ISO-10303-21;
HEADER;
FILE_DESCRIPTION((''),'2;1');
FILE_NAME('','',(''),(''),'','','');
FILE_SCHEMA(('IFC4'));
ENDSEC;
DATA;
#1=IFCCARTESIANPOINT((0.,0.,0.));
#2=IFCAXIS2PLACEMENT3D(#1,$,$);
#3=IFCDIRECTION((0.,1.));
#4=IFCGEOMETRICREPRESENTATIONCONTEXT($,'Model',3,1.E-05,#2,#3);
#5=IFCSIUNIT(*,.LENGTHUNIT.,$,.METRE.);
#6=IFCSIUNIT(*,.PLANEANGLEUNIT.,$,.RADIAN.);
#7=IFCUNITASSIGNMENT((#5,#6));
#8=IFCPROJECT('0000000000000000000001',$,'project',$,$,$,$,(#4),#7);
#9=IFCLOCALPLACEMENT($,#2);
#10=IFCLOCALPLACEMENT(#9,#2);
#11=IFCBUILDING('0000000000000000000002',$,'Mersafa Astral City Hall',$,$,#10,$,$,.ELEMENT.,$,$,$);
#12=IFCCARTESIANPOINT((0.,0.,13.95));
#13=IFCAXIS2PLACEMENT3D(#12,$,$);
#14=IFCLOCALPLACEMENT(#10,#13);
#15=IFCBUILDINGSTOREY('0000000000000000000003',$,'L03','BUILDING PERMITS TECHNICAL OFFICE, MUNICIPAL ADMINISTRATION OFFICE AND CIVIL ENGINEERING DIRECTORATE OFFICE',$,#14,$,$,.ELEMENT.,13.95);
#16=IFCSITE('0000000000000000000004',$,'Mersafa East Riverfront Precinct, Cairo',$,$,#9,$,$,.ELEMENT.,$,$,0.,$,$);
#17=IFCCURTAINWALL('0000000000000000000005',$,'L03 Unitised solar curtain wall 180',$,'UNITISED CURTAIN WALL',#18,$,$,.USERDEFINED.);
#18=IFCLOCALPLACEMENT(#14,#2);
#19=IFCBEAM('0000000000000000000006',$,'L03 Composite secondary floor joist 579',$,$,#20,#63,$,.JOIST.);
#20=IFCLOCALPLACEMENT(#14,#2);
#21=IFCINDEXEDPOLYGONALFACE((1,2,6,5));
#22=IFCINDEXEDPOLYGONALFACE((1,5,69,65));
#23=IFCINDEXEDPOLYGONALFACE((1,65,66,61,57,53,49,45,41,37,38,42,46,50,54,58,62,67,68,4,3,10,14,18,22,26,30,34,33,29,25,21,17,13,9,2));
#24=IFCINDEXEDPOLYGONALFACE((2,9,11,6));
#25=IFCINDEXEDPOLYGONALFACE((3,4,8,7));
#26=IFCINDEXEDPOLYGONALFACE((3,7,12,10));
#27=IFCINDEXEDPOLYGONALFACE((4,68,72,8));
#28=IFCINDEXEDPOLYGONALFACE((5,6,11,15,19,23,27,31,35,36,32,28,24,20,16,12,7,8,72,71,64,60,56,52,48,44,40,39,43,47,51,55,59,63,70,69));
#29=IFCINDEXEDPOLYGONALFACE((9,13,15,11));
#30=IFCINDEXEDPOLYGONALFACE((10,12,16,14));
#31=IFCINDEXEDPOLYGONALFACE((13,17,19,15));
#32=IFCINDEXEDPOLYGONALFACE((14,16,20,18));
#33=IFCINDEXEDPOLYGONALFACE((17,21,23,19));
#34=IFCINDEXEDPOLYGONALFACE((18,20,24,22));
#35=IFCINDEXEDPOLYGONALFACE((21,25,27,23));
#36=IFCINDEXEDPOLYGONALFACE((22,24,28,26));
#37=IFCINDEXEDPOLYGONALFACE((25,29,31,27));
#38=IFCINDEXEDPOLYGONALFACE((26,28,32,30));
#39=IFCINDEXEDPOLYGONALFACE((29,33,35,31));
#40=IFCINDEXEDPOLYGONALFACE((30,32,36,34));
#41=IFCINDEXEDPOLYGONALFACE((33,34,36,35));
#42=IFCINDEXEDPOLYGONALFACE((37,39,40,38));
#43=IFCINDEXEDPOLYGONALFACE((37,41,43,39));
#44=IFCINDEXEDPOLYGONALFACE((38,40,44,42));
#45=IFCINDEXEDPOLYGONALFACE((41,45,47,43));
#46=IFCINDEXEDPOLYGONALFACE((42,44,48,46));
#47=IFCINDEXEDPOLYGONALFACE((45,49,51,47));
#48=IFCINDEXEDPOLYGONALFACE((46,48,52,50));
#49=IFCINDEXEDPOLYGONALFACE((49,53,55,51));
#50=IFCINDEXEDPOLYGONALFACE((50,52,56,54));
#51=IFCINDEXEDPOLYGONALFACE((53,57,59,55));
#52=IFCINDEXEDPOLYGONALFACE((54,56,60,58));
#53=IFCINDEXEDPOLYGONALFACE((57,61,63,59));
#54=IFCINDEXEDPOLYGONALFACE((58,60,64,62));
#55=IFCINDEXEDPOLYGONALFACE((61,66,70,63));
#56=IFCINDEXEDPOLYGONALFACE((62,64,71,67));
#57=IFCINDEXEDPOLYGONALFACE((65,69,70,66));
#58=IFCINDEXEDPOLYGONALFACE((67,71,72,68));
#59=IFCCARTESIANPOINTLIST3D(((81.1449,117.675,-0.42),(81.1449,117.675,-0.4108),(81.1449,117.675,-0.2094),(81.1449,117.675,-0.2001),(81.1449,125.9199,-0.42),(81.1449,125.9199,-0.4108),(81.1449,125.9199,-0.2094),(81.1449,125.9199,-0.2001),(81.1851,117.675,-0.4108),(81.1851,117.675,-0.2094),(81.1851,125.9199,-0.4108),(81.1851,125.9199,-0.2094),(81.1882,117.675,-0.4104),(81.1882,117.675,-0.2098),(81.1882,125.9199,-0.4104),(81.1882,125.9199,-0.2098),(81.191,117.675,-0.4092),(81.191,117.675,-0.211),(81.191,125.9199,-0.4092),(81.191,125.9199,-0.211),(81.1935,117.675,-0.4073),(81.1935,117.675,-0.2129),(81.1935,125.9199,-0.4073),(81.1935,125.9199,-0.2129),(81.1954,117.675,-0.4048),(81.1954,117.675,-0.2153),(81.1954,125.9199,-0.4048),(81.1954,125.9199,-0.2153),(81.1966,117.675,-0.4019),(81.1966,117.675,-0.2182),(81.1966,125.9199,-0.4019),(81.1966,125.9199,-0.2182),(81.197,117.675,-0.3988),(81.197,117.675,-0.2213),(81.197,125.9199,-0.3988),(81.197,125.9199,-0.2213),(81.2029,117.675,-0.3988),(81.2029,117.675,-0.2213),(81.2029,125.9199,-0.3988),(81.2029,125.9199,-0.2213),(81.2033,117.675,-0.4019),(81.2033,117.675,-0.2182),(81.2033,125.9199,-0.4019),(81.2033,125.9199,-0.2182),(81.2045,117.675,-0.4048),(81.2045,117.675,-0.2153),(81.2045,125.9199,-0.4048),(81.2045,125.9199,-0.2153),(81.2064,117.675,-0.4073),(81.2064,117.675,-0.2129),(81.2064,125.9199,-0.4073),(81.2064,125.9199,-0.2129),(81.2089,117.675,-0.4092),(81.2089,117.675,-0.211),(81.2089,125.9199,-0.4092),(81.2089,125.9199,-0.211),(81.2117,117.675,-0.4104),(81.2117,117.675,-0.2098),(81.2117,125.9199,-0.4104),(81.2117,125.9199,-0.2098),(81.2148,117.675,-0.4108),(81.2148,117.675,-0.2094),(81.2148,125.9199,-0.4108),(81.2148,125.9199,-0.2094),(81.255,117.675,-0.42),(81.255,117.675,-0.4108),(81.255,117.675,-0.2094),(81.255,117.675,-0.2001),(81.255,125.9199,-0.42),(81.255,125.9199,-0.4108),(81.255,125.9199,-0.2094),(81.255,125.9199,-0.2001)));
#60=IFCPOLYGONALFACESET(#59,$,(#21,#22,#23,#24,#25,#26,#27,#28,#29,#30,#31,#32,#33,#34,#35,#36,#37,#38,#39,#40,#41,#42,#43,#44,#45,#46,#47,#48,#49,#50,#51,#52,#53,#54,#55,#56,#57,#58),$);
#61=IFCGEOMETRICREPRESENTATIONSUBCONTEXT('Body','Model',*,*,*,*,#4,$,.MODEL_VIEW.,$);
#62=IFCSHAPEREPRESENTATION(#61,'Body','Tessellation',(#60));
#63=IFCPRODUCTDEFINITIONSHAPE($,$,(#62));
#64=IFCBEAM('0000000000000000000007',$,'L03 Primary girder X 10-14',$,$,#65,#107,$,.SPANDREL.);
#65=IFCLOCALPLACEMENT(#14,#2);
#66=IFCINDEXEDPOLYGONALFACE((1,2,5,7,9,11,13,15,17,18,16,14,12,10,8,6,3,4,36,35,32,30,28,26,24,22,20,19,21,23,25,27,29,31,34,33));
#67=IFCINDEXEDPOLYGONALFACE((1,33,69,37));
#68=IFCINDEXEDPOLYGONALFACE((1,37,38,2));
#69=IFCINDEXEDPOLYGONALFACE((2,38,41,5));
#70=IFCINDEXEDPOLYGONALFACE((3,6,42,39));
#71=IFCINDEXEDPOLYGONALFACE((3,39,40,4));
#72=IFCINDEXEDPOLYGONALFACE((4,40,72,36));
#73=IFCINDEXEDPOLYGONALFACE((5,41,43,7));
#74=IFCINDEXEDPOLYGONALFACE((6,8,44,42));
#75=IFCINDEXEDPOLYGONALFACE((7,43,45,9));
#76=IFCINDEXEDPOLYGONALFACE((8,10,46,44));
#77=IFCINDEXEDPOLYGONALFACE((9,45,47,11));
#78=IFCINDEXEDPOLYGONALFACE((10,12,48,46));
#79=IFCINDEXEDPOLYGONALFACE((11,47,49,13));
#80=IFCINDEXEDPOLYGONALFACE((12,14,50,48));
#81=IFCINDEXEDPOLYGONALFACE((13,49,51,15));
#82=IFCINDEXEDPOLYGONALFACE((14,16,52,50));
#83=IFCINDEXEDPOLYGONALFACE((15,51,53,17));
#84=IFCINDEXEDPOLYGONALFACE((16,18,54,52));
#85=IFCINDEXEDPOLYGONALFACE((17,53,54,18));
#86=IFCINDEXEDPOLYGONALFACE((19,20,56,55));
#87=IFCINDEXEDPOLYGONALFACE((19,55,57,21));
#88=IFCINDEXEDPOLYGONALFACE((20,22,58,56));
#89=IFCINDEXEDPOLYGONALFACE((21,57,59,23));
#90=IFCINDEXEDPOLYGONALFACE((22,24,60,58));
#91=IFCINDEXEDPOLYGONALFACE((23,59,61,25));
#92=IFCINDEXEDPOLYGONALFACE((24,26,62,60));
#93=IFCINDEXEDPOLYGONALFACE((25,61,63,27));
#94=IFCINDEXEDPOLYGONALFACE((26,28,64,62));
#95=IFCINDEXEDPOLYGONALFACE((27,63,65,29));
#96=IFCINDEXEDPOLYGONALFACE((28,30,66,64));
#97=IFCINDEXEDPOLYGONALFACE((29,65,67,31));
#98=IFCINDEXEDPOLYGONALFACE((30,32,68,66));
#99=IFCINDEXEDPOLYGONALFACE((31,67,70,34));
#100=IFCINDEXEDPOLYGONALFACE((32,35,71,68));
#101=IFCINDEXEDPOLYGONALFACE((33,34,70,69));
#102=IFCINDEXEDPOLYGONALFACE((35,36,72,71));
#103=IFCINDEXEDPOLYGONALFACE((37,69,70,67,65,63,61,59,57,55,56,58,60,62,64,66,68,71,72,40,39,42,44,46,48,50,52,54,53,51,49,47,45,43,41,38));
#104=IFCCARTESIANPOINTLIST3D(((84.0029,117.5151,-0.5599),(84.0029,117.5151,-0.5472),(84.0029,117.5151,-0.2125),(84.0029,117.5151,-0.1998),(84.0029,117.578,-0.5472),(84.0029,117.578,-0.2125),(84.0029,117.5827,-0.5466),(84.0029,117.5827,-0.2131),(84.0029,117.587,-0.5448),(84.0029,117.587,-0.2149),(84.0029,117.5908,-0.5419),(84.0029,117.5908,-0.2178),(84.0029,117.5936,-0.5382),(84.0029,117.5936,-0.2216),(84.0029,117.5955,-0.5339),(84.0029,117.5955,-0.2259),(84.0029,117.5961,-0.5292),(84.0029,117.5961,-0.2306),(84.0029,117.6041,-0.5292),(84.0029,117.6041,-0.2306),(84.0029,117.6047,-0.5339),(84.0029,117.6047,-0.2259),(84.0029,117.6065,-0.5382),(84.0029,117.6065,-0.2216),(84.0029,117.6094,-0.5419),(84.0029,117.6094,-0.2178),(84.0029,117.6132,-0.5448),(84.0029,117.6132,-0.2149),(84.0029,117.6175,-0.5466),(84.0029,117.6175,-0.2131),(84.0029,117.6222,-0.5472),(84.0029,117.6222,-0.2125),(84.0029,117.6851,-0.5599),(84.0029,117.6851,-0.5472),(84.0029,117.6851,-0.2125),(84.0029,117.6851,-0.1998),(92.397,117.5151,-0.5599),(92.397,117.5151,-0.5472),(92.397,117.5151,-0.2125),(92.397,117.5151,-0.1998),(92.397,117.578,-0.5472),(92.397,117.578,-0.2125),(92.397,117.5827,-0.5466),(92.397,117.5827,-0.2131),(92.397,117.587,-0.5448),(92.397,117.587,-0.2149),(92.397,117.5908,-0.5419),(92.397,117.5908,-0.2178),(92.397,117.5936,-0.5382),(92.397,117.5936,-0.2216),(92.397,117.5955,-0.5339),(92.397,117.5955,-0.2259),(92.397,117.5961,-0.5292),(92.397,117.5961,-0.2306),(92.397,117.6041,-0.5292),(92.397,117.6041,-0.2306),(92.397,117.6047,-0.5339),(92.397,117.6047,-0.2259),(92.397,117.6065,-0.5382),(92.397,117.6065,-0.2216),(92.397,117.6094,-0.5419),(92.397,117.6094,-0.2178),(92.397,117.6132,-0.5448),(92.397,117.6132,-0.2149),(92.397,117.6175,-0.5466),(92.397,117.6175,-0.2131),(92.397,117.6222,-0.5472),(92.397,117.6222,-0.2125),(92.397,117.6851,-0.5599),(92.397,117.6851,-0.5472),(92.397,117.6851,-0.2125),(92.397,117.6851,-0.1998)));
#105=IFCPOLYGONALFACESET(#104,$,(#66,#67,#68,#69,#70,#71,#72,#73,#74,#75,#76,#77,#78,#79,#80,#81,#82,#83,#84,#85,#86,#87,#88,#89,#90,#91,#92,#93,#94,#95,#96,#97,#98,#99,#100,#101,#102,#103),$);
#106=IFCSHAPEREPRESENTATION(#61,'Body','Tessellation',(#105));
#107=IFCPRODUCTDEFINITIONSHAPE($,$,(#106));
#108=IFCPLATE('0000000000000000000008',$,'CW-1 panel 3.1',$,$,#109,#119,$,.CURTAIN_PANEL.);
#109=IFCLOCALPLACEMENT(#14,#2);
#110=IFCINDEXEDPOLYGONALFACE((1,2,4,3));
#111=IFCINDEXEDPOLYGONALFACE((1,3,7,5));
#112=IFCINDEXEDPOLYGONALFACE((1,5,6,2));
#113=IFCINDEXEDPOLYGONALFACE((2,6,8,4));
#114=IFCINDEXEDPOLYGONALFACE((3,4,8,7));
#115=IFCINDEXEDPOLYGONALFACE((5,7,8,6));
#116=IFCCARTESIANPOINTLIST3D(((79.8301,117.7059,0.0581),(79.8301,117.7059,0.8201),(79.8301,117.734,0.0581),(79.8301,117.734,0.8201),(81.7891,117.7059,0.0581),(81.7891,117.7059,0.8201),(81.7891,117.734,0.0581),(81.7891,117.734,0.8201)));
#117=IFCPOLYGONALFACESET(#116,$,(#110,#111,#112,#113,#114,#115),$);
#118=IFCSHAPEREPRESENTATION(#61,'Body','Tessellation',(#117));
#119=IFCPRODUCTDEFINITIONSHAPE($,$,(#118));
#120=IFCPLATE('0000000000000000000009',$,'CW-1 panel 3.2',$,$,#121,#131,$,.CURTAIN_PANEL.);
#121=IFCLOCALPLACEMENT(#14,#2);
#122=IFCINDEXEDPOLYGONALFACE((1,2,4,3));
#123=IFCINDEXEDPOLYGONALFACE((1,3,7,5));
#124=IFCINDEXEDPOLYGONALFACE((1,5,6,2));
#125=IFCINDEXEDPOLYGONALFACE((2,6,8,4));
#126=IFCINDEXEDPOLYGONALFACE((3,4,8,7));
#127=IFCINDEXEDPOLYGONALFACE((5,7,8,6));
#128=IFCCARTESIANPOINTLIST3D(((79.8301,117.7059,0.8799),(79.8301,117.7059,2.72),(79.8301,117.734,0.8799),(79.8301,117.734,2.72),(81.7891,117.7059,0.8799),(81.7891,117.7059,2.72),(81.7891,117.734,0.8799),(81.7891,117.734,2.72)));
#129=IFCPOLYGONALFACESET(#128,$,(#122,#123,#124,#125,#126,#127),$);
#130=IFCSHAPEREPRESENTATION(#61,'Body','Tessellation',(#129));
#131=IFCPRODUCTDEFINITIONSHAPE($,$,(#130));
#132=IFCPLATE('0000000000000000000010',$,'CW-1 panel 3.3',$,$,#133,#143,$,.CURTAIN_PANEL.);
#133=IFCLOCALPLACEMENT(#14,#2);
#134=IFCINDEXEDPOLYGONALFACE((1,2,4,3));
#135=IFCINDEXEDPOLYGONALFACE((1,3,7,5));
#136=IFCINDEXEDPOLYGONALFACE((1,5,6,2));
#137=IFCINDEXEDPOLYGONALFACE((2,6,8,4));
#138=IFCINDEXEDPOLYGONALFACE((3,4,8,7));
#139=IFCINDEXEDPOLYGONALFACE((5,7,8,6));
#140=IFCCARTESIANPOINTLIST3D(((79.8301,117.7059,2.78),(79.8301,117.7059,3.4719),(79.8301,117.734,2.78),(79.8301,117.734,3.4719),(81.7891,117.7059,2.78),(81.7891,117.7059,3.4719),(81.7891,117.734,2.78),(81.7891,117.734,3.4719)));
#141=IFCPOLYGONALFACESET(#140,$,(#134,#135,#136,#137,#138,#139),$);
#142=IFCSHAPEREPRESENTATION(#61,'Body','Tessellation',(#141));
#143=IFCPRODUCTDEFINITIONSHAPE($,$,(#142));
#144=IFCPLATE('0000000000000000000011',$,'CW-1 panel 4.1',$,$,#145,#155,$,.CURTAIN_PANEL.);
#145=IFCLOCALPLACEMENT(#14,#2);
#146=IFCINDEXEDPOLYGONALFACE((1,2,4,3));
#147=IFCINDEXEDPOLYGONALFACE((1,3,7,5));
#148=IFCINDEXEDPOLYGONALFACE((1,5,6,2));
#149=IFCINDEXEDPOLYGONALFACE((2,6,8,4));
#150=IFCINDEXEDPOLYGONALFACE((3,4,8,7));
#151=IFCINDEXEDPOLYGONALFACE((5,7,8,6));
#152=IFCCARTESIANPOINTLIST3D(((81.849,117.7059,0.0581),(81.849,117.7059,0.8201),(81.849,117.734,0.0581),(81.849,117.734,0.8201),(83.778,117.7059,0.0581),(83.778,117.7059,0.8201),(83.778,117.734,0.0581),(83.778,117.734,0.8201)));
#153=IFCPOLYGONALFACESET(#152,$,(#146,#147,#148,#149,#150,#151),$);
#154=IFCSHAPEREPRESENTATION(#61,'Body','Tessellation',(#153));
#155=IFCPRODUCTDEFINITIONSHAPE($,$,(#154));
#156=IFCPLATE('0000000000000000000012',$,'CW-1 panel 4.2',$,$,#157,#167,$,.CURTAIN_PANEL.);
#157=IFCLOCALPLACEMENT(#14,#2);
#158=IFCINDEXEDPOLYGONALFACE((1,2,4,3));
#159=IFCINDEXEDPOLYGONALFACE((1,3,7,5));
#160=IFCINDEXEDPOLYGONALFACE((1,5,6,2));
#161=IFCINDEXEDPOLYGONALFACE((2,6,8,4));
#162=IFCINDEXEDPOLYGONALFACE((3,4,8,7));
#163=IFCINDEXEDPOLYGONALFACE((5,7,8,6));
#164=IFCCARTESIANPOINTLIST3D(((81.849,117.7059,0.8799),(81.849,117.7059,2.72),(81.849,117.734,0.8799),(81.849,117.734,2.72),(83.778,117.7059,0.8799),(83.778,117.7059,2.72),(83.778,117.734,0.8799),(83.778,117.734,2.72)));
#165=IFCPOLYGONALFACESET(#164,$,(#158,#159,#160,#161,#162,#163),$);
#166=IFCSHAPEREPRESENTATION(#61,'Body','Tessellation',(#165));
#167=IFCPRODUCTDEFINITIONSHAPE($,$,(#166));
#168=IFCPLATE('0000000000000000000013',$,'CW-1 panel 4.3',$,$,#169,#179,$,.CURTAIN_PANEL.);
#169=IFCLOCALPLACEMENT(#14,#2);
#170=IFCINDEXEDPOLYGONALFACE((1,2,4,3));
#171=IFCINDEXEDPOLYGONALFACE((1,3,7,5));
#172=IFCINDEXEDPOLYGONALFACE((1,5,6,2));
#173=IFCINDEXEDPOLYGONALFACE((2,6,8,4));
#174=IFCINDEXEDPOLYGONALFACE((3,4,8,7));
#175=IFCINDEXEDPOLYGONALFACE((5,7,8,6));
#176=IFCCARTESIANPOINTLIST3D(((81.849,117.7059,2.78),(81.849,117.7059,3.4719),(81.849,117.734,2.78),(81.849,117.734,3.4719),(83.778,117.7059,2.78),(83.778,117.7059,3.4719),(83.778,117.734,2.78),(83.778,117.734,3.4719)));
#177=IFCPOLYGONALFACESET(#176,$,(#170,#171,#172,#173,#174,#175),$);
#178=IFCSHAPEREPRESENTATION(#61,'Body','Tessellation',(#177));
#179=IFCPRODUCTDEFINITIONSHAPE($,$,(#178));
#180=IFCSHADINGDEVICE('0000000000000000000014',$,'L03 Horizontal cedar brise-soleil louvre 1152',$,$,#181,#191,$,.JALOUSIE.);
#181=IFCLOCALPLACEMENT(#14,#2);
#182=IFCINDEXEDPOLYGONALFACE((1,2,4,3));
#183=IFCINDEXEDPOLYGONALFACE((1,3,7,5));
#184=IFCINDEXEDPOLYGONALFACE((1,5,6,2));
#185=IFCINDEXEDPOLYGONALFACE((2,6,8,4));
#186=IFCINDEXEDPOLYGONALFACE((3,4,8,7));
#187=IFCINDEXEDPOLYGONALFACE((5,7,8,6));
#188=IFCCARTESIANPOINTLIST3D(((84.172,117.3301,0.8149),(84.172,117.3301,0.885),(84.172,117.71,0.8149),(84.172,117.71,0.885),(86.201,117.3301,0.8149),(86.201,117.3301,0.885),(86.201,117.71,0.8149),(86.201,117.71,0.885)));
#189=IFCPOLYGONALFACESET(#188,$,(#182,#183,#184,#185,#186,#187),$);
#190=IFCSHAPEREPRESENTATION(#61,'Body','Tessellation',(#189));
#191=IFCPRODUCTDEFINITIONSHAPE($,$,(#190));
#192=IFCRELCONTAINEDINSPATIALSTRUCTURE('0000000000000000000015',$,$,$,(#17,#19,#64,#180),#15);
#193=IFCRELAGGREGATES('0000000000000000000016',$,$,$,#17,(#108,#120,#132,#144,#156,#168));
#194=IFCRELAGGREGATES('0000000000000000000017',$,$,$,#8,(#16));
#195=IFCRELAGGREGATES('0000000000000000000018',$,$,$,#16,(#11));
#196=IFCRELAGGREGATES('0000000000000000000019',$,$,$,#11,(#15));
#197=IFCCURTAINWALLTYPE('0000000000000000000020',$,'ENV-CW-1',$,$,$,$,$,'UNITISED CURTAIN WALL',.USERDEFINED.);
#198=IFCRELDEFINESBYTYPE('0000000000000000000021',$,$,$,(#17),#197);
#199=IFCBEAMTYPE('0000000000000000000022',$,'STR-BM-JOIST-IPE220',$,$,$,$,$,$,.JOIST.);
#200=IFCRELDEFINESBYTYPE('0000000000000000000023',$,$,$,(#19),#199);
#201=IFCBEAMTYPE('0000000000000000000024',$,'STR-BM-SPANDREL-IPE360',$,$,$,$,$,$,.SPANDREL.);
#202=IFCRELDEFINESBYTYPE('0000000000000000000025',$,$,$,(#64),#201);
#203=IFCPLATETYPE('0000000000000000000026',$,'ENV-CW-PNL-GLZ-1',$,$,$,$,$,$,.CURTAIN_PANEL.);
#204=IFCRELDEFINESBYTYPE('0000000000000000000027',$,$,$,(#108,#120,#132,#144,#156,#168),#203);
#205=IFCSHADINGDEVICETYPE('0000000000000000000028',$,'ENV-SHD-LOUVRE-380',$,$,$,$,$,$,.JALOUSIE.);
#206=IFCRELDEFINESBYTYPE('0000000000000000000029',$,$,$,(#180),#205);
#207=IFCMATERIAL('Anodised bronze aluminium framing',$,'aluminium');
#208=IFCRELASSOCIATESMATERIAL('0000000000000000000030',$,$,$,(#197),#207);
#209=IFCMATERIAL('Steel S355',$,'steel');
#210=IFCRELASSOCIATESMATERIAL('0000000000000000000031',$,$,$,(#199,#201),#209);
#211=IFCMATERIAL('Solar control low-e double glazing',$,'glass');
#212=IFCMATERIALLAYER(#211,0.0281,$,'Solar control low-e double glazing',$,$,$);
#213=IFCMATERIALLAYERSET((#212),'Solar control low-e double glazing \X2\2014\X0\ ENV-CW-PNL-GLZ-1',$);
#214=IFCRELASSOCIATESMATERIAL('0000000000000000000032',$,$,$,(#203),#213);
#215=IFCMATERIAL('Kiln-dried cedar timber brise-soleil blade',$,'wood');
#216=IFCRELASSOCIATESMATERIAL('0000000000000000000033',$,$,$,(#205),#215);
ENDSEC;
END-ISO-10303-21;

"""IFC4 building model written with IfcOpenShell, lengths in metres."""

from ifc_helpers import new_model, si_unit, direction, frame, origin, origin_2d, place, context, subcontext, project, spatial, rectangle, i_section, extrude, material, layer, layer_set, material_profile, profile_set, type_object, element, aggregate, save


model = new_model("IFC4")

# Units and contexts
model_context = context("Model", 3, precision=1e-05, world=origin(), true_north=direction((0.0, 1.0)))
body_context = subcontext(model_context, "Body", "Model", "MODEL_VIEW")
ifc_project = project(units=[si_unit("LENGTHUNIT", "METRE"), si_unit("PLANEANGLEUNIT", "RADIAN")], contexts=[model_context])

# Site, building, storey
site_placement = place(None, origin())
site = spatial("IfcSite", under=ifc_project, at=site_placement, Name="Mersafa East Riverfront Precinct, Cairo", CompositionType="ELEMENT", RefElevation=0.0)
building_placement = place(site_placement, origin())
building = spatial("IfcBuilding", under=site, at=building_placement, Name="Mersafa Astral City Hall", CompositionType="ELEMENT")
storey_placement = place(building_placement, frame((0.0, 0.0, 13.95)))
storey = spatial("IfcBuildingStorey", under=building, at=storey_placement, Name="L03", Description="BUILDING PERMITS TECHNICAL OFFICE, MUNICIPAL ADMINISTRATION OFFICE AND CIVIL ENGINEERING DIRECTORATE OFFICE", CompositionType="ELEMENT", Elevation=13.95)

# Shared definitions
ifc_material_1 = material(Name="Steel S355", Category="steel")

# Curtain wall
ifc_material_2 = material(Name="Anodised bronze aluminium framing", Category="aluminium")
curtain_wall_type = type_object("IfcCurtainWallType", Name="ENV-CW-1", ElementType="UNITISED CURTAIN WALL", PredefinedType="USERDEFINED", material=ifc_material_2)
curtain_wall_placement = place(storey_placement, origin())
curtain_wall = element("IfcCurtainWall", 1, at=curtain_wall_placement, inside=storey, type_object=curtain_wall_type, Name="L03 Unitised solar curtain wall 180", ObjectType="UNITISED CURTAIN WALL", PredefinedType="USERDEFINED")

# Beams
ifc_material_profile_1 = material_profile(ifc_material_1, i_section(OverallWidth=0.1101, OverallDepth=0.22, WebThickness=0.0059, FlangeThickness=0.0093, FilletRadius=0.012, at=origin_2d()), Name="IPE 220")
ifc_profile_set_1 = profile_set([ifc_material_profile_1], Name="Steel S355")
beam_type_1 = type_object("IfcBeamType", Name="STR-BM-JOIST-IPE220", PredefinedType="JOIST", material=ifc_profile_set_1)
beam_1_placement = place(storey_placement, frame((81.2, 117.675, -0.3101), z_axis=(0.0, 1.0, 0.0), x_axis=(-1.0, 0.0, 0.0)))
element("IfcBeam", 2, at=beam_1_placement, inside=storey, type_object=beam_type_1, Name="L03 Composite secondary floor joist 579", PredefinedType="JOIST", context=body_context, shape_type="SweptSolid", body=[
    extrude(i_section(OverallWidth=0.1101, OverallDepth=0.22, WebThickness=0.0059, FlangeThickness=0.0093, FilletRadius=0.012, at=origin_2d()), origin(), (0.0, 0.0, 1.0), 8.2449),
])
ifc_material_profile_2 = material_profile(ifc_material_1, i_section(OverallWidth=0.1699, OverallDepth=0.3601, WebThickness=0.0081, FlangeThickness=0.0127, FilletRadius=0.0181, at=origin_2d()), Name="IPE 360")
ifc_profile_set_2 = profile_set([ifc_material_profile_2], Name="Steel S355")
beam_type_2 = type_object("IfcBeamType", Name="STR-BM-SPANDREL-IPE360", PredefinedType="SPANDREL", material=ifc_profile_set_2)
beam_2_placement = place(storey_placement, frame((84.0029, 117.6001, -0.3799), z_axis=(1.0, 0.0, 0.0), x_axis=(0.0, 1.0, 0.0)))
element("IfcBeam", 3, at=beam_2_placement, inside=storey, type_object=beam_type_2, Name="L03 Primary girder X 10-14", PredefinedType="SPANDREL", context=body_context, shape_type="SweptSolid", body=[
    extrude(i_section(OverallWidth=0.1699, OverallDepth=0.3601, WebThickness=0.0081, FlangeThickness=0.0127, FilletRadius=0.0181, at=origin_2d()), origin(), (0.0, 0.0, 1.0), 8.394),
])

# Plates
ifc_material_3 = material(Name="Solar control low-e double glazing", Category="glass")
ifc_layer = layer(ifc_material_3, 0.0281, Name="Solar control low-e double glazing")
ifc_layer_set = layer_set([ifc_layer], Name="Solar control low-e double glazing — ENV-CW-PNL-GLZ-1")
plate_type = type_object("IfcPlateType", Name="ENV-CW-PNL-GLZ-1", PredefinedType="CURTAIN_PANEL", material=ifc_layer_set)
plate_1_placement = place(storey_placement, frame((80.8096, 117.72, 0.0581), z_axis=(0.0, 0.0, 1.0), x_axis=(1.0, 0.0, 0.0)))
plate_1 = element("IfcPlate", 4, at=plate_1_placement, type_object=plate_type, Name="CW-1 panel 3.1", PredefinedType="CURTAIN_PANEL", context=body_context, shape_type="SweptSolid", body=[
    extrude(rectangle(XDim=1.959, YDim=0.0281, at=origin_2d()), origin(), (0.0, 0.0, 1.0), 0.762),
])
plate_2_placement = place(storey_placement, frame((80.8096, 117.72, 0.8799), z_axis=(0.0, 0.0, 1.0), x_axis=(1.0, 0.0, 0.0)))
plate_2 = element("IfcPlate", 5, at=plate_2_placement, type_object=plate_type, Name="CW-1 panel 3.2", PredefinedType="CURTAIN_PANEL", context=body_context, shape_type="SweptSolid", body=[
    extrude(rectangle(XDim=1.959, YDim=0.0281, at=origin_2d()), origin(), (0.0, 0.0, 1.0), 1.8401),
])
plate_3_placement = place(storey_placement, frame((80.8096, 117.72, 2.78), z_axis=(0.0, 0.0, 1.0), x_axis=(1.0, 0.0, 0.0)))
plate_3 = element("IfcPlate", 6, at=plate_3_placement, type_object=plate_type, Name="CW-1 panel 3.3", PredefinedType="CURTAIN_PANEL", context=body_context, shape_type="SweptSolid", body=[
    extrude(rectangle(XDim=1.959, YDim=0.0281, at=origin_2d()), origin(), (0.0, 0.0, 1.0), 0.6919),
])
plate_4_placement = place(storey_placement, frame((82.8135, 117.72, 0.0581), z_axis=(0.0, 0.0, 1.0), x_axis=(1.0, 0.0, 0.0)))
plate_4 = element("IfcPlate", 7, at=plate_4_placement, type_object=plate_type, Name="CW-1 panel 4.1", PredefinedType="CURTAIN_PANEL", context=body_context, shape_type="SweptSolid", body=[
    extrude(rectangle(XDim=1.929, YDim=0.0281, at=origin_2d()), origin(), (0.0, 0.0, 1.0), 0.762),
])
plate_5_placement = place(storey_placement, frame((82.8135, 117.72, 0.8799), z_axis=(0.0, 0.0, 1.0), x_axis=(1.0, 0.0, 0.0)))
plate_5 = element("IfcPlate", 8, at=plate_5_placement, type_object=plate_type, Name="CW-1 panel 4.2", PredefinedType="CURTAIN_PANEL", context=body_context, shape_type="SweptSolid", body=[
    extrude(rectangle(XDim=1.929, YDim=0.0281, at=origin_2d()), origin(), (0.0, 0.0, 1.0), 1.8401),
])
plate_6_placement = place(storey_placement, frame((82.8135, 117.72, 2.78), z_axis=(0.0, 0.0, 1.0), x_axis=(1.0, 0.0, 0.0)))
plate_6 = element("IfcPlate", 9, at=plate_6_placement, type_object=plate_type, Name="CW-1 panel 4.3", PredefinedType="CURTAIN_PANEL", context=body_context, shape_type="SweptSolid", body=[
    extrude(rectangle(XDim=1.929, YDim=0.0281, at=origin_2d()), origin(), (0.0, 0.0, 1.0), 0.6919),
])
aggregate(curtain_wall, [plate_1, plate_2, plate_3, plate_4, plate_5, plate_6])

# Shading device
ifc_material_4 = material(Name="Kiln-dried cedar timber brise-soleil blade", Category="wood")
shading_device_type_1 = type_object("IfcShadingDeviceType", Name="ENV-SHD-LOUVRE-380", PredefinedType="JALOUSIE", material=ifc_material_4)
for number, where, z_axis, x_axis, name in (
    (10, (85.1865, 117.52, 0.8149), (0.0, 0.0, 1.0), (1.0, 0.0, 0.0), "L03 Horizontal cedar brise-soleil louvre 1152"),
):
    element("IfcShadingDevice", number, at=place(storey_placement, frame(where, z_axis=z_axis, x_axis=x_axis)), inside=storey, type_object=shading_device_type_1, Name=name, PredefinedType="JALOUSIE", context=body_context, shape_type="SweptSolid", body=[
        extrude(rectangle(XDim=2.0291, YDim=0.3799, at=origin_2d()), origin(), (0.0, 0.0, 1.0), 0.0701),
    ])

save(model, "model.ifc")
